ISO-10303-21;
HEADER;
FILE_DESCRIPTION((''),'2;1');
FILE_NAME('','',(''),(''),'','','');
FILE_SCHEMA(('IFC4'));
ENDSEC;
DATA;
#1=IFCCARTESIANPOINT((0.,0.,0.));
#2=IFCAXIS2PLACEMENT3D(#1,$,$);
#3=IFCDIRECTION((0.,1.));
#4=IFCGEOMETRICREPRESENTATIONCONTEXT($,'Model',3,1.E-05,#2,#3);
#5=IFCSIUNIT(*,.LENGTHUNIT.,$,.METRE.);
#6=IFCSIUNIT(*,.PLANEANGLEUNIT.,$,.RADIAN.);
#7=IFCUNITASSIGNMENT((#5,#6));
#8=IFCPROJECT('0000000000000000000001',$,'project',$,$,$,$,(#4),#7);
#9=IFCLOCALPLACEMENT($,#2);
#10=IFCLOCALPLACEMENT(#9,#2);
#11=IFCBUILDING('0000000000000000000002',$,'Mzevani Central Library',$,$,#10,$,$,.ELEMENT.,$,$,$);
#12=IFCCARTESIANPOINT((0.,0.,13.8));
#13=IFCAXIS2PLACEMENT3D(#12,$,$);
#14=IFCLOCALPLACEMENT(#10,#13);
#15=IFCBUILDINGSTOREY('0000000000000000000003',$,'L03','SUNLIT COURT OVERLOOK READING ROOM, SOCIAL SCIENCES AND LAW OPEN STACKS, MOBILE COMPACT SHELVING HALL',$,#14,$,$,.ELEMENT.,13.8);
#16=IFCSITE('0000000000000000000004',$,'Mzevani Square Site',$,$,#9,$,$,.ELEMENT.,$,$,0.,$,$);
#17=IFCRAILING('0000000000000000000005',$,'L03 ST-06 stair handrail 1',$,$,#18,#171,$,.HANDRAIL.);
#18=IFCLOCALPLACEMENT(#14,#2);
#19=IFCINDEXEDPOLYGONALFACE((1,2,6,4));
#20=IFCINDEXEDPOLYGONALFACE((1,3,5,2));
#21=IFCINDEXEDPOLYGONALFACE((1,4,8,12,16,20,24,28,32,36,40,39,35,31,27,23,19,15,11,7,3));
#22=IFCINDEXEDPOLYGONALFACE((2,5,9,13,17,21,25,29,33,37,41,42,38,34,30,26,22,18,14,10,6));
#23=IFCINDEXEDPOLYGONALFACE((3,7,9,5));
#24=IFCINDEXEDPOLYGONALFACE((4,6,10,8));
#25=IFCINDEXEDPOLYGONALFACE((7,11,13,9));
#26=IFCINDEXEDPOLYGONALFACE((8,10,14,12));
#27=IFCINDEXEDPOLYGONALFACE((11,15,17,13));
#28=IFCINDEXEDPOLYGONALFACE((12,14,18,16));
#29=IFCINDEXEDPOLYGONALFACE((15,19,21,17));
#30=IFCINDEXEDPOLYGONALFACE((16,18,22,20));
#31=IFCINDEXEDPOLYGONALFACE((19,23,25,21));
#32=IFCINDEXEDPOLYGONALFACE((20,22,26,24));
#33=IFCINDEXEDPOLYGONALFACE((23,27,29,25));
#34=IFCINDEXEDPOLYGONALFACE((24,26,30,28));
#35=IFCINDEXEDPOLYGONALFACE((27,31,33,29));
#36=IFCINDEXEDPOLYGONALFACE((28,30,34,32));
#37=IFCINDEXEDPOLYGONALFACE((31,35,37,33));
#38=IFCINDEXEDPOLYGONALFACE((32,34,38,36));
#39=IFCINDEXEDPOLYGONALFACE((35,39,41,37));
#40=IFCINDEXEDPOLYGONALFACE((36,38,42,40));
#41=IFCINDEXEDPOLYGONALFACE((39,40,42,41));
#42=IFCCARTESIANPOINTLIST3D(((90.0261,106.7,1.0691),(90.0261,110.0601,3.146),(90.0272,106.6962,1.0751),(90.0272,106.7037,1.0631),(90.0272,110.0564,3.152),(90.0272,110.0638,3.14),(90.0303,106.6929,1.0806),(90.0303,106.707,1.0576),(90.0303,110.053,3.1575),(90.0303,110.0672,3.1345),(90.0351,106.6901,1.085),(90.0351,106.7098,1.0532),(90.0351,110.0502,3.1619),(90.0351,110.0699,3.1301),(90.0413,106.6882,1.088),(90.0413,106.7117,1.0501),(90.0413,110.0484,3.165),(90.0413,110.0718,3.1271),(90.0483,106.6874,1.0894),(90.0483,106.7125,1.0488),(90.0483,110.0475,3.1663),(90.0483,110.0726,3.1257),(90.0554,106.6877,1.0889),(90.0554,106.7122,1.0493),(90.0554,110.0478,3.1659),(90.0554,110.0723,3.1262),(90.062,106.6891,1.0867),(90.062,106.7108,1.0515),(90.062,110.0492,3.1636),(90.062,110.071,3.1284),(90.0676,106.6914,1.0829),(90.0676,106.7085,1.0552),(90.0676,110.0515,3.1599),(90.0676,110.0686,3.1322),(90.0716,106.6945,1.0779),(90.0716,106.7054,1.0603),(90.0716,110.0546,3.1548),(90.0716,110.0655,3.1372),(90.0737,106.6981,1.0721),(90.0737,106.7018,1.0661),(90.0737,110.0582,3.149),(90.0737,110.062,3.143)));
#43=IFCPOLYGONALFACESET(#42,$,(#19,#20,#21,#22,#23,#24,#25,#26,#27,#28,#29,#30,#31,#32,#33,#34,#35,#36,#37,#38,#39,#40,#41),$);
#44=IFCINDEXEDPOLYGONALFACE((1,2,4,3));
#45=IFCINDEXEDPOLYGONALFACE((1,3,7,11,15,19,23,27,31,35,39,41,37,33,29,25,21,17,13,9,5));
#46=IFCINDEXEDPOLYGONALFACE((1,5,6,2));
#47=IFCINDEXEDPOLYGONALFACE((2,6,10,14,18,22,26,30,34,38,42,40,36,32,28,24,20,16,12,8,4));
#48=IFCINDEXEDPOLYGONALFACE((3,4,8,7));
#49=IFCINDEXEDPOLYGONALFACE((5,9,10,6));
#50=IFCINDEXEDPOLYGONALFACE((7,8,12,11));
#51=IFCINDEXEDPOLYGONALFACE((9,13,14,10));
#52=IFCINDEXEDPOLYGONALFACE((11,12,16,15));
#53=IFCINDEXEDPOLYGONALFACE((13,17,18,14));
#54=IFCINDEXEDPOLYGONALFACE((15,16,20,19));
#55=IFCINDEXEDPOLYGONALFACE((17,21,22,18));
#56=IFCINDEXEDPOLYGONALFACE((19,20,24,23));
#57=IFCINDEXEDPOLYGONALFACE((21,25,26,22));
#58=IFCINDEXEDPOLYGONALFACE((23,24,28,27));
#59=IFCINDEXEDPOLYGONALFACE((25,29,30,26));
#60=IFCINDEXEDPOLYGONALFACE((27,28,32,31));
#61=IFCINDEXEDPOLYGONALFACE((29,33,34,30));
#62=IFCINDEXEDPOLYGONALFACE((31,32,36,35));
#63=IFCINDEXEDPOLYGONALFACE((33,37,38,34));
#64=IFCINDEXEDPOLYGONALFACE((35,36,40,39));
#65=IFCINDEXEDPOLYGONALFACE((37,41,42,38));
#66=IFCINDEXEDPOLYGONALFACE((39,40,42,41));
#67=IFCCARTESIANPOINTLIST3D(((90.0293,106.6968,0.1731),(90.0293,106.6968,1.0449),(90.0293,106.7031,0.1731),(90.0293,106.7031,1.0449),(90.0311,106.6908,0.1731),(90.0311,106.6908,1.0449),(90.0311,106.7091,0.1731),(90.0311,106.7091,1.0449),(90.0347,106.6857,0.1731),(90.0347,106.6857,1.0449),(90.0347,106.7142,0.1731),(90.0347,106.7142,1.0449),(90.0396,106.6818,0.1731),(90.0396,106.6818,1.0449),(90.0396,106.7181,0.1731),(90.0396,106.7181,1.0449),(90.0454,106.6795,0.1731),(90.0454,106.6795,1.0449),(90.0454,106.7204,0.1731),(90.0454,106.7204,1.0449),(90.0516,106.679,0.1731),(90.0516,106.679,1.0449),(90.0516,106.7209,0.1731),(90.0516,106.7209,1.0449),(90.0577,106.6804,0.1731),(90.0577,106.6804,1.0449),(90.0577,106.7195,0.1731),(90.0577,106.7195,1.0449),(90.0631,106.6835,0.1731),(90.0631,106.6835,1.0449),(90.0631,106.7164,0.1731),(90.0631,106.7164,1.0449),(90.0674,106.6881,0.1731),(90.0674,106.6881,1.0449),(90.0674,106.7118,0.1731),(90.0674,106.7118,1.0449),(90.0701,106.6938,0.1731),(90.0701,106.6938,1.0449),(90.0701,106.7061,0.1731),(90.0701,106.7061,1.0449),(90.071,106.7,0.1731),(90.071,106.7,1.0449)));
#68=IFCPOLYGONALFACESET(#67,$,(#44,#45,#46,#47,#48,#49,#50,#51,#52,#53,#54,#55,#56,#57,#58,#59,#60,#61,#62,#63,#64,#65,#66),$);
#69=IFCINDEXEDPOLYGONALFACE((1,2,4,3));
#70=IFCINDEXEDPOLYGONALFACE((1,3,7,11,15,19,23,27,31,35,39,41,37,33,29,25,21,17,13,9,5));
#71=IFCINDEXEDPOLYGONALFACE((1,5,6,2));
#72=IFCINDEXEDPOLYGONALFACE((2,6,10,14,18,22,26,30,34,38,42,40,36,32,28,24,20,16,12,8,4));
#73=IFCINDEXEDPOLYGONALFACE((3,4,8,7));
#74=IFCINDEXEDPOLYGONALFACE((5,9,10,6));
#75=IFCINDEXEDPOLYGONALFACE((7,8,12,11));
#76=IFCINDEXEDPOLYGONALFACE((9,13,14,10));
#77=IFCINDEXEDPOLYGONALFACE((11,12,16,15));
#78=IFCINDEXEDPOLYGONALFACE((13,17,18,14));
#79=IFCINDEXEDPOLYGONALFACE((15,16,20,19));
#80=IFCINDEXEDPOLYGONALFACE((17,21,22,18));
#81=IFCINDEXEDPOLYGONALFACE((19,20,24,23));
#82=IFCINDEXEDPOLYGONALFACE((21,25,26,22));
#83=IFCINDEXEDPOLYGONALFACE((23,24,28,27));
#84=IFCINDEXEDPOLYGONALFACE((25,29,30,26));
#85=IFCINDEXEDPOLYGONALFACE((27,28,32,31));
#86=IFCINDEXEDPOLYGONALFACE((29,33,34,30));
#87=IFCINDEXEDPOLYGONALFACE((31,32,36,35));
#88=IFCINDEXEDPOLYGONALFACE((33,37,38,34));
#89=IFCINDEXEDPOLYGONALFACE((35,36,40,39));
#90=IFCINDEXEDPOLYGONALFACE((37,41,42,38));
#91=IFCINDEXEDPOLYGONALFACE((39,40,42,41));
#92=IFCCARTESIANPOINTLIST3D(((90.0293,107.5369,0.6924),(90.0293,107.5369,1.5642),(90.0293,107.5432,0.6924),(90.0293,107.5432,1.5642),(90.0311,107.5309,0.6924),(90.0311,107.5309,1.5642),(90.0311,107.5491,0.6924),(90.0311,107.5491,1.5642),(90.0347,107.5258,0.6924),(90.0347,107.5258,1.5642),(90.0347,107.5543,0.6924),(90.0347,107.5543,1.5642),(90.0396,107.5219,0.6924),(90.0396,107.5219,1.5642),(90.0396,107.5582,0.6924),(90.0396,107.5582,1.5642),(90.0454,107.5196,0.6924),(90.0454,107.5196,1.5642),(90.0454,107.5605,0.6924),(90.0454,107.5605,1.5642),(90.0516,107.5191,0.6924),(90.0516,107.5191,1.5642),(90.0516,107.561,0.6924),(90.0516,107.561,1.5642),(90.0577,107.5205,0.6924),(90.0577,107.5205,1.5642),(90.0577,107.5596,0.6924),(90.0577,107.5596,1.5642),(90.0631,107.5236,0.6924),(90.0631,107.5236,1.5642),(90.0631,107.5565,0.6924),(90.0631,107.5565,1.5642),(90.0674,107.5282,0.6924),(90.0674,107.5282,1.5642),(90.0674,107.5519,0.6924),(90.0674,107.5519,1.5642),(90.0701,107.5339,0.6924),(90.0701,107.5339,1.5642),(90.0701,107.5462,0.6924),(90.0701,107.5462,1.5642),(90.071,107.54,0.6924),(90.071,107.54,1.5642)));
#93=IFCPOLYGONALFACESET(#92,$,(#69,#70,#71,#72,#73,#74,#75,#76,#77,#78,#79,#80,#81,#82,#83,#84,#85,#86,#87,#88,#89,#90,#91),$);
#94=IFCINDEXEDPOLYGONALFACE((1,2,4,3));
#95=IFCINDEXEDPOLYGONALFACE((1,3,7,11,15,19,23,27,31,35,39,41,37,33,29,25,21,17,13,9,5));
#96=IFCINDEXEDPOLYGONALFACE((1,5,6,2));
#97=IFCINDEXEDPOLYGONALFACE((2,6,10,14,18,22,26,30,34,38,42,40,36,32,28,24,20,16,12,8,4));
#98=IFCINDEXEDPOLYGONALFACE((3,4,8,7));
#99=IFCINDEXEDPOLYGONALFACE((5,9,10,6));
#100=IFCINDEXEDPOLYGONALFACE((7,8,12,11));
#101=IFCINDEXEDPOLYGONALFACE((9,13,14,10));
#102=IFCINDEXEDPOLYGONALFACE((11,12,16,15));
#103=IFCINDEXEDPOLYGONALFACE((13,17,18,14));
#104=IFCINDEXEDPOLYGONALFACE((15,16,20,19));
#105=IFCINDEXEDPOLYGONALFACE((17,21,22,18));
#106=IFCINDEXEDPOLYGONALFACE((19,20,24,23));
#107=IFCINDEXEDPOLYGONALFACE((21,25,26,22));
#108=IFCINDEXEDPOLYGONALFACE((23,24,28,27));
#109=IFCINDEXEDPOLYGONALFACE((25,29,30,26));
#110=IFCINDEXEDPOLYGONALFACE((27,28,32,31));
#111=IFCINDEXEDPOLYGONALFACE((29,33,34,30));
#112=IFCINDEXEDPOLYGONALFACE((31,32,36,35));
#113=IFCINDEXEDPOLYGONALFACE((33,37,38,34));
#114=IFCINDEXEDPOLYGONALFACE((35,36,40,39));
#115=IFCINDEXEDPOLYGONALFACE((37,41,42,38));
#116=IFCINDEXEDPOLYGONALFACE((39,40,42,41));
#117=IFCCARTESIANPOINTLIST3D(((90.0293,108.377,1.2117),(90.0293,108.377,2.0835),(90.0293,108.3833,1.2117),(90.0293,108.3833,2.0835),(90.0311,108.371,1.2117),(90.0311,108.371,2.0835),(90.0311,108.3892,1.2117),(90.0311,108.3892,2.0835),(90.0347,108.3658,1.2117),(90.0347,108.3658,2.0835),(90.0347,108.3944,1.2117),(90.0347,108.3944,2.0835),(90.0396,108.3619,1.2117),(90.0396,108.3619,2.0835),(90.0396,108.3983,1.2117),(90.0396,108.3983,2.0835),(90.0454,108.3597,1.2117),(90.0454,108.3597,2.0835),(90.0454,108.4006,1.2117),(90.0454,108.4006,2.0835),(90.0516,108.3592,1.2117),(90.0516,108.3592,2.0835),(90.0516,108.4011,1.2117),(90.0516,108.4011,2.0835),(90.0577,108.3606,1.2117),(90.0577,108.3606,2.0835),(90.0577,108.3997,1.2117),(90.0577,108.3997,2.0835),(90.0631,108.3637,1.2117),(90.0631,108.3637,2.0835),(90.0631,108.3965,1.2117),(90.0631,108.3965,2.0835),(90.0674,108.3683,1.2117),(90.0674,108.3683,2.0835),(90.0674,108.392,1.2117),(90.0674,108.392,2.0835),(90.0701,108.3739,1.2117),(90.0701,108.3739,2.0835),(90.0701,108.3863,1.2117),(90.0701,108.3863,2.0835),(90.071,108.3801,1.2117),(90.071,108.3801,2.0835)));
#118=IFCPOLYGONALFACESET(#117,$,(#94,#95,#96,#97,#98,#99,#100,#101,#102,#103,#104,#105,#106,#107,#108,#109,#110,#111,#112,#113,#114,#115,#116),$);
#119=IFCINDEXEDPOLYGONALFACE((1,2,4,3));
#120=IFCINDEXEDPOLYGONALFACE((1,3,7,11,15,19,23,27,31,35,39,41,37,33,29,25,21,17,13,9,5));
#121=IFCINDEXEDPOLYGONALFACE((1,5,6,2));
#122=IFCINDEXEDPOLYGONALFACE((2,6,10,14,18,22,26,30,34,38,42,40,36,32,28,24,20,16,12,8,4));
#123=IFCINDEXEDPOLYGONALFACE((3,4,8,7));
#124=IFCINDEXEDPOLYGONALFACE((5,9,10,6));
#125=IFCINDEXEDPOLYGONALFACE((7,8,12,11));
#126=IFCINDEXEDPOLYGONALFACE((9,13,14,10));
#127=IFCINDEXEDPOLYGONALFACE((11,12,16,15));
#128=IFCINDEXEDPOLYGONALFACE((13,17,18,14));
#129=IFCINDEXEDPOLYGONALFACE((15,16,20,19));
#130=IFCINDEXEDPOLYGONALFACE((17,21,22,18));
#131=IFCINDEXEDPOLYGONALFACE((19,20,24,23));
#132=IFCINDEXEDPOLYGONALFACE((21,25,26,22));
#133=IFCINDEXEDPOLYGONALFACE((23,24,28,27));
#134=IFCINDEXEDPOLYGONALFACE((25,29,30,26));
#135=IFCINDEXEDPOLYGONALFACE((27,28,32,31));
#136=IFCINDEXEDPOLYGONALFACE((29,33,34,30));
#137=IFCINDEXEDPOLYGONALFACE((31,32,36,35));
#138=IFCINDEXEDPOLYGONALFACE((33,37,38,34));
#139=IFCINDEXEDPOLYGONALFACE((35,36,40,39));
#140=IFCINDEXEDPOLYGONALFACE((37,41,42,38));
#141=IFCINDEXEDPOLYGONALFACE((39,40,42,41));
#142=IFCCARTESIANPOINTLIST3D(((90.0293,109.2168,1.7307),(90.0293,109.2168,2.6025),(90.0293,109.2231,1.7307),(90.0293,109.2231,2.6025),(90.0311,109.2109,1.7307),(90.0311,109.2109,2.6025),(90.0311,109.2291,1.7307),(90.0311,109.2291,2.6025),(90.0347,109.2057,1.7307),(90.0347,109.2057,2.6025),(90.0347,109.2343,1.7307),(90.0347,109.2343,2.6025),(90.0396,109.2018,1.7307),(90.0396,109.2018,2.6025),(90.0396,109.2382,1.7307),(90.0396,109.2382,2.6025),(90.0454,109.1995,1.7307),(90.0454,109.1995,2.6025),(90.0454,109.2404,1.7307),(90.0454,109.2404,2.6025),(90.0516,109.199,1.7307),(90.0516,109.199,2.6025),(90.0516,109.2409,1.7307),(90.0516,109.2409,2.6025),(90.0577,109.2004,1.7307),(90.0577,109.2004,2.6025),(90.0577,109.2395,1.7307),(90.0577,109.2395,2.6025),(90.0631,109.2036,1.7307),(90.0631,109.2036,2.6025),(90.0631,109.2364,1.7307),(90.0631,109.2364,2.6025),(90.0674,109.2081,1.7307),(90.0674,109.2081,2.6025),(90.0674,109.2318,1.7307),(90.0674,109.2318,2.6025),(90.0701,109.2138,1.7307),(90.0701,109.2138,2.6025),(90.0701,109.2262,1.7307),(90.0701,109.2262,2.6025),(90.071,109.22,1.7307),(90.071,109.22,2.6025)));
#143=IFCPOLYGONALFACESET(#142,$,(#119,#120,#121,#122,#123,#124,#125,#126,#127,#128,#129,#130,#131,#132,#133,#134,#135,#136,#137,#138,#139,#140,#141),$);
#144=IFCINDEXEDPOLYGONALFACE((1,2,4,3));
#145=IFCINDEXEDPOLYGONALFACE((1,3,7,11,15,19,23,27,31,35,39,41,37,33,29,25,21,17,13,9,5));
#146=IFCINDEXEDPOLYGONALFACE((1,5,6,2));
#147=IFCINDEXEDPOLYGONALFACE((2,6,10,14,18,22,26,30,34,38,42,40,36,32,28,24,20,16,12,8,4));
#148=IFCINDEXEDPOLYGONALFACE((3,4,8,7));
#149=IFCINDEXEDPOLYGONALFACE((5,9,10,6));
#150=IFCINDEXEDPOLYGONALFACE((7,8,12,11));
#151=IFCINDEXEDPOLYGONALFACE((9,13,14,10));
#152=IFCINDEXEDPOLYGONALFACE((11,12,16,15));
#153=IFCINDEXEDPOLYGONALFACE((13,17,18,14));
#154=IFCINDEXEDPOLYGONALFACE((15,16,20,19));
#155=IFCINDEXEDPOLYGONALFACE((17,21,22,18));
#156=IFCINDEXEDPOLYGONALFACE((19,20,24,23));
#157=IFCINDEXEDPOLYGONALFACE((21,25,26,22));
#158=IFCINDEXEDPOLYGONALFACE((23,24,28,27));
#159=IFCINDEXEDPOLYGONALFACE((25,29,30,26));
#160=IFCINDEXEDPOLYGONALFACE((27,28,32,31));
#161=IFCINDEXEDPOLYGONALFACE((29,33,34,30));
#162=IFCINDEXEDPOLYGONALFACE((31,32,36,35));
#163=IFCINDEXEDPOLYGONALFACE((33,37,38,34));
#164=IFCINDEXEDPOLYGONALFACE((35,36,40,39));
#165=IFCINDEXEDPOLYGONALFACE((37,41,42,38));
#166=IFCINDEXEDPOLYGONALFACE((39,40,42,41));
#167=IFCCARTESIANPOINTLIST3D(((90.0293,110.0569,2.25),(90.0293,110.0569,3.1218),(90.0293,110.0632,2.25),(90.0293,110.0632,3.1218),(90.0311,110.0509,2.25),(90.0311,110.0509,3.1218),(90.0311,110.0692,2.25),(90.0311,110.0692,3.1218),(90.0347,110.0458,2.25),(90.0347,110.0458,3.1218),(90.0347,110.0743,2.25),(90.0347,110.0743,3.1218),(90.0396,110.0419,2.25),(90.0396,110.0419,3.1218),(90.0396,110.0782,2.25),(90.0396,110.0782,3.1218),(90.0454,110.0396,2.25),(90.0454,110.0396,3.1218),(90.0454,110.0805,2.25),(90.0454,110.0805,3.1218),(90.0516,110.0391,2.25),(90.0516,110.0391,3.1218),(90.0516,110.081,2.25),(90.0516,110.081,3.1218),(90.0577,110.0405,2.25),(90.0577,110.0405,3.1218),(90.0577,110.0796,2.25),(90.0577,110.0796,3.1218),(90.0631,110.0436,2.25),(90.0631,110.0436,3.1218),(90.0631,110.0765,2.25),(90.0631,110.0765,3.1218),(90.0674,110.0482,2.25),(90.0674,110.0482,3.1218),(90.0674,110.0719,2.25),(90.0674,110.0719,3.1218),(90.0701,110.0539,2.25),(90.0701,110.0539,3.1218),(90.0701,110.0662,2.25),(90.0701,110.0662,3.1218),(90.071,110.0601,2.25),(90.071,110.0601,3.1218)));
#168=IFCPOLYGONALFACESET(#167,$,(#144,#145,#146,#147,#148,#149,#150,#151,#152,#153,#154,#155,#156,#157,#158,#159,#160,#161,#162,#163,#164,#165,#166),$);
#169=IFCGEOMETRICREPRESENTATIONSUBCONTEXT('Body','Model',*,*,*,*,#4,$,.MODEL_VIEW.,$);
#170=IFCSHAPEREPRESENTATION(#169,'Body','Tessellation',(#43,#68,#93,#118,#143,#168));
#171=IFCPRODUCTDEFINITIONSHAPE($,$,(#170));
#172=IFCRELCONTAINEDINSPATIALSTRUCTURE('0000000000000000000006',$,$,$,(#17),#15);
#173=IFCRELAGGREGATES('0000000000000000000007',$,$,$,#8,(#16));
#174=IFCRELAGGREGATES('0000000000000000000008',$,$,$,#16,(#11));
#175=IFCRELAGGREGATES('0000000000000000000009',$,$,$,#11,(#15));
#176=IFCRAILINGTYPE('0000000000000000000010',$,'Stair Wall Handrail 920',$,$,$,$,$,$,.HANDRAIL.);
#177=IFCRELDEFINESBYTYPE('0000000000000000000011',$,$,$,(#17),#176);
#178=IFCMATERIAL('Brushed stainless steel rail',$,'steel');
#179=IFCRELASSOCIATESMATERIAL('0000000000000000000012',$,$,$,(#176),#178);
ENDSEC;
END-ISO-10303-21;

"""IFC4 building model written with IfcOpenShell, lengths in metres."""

from ifc_helpers import new_model, si_unit, direction, frame, origin, origin_2d, place, context, subcontext, project, spatial, circle, extrude, material, type_object, element, save


model = new_model("IFC4")

# Units and contexts
model_context = context("Model", 3, precision=1e-05, world=origin(), true_north=direction((0.0, 1.0)))
body_context = subcontext(model_context, "Body", "Model", "MODEL_VIEW")
ifc_project = project(units=[si_unit("LENGTHUNIT", "METRE"), si_unit("PLANEANGLEUNIT", "RADIAN")], contexts=[model_context])

# Site, building, storey
site_placement = place(None, origin())
site = spatial("IfcSite", under=ifc_project, at=site_placement, Name="Mzevani Square Site", CompositionType="ELEMENT", RefElevation=0.0)
building_placement = place(site_placement, origin())
building = spatial("IfcBuilding", under=site, at=building_placement, Name="Mzevani Central Library", CompositionType="ELEMENT")
storey_placement = place(building_placement, frame((0.0, 0.0, 13.8)))
storey = spatial("IfcBuildingStorey", under=building, at=storey_placement, Name="L03", Description="SUNLIT COURT OVERLOOK READING ROOM, SOCIAL SCIENCES AND LAW OPEN STACKS, MOBILE COMPACT SHELVING HALL", CompositionType="ELEMENT", Elevation=13.8)

# Shared definitions
ifc_material_1 = material(Name="Brushed stainless steel rail", Category="steel")

# Railing
railing_type_1 = type_object("IfcRailingType", Name="Stair Wall Handrail 920", PredefinedType="HANDRAIL", material=ifc_material_1)
railing_1_placement = place(storey_placement, frame((90.05, 106.7, 0.1731)))
element("IfcRailing", 1, at=railing_1_placement, inside=storey, type_object=railing_type_1, Name="L03 ST-06 stair handrail 1", PredefinedType="HANDRAIL", context=body_context, shape_type="SweptSolid", body=[
    extrude(circle(Radius=0.0239, at=origin_2d()), frame((0.0, 0.0, 0.896), z_axis=(0.0, 0.850623, 0.525776), x_axis=(-1.0, 0.0, 0.0)), (0.0, 0.0, 1.0), 3.9502),
    extrude(circle(Radius=0.021, at=origin_2d()), origin(), (0.0, 0.0, 1.0), 0.8718),
    extrude(circle(Radius=0.021, at=origin_2d()), frame((0.0, 0.8401, 0.5193)), (0.0, 0.0, 1.0), 0.8718),
    extrude(circle(Radius=0.021, at=origin_2d()), frame((0.0, 1.6802, 1.0386)), (0.0, 0.0, 1.0), 0.8718),
    extrude(circle(Radius=0.021, at=origin_2d()), frame((0.0, 2.52, 1.5576)), (0.0, 0.0, 1.0), 0.8718),
    extrude(circle(Radius=0.021, at=origin_2d()), frame((0.0, 3.3601, 2.0769)), (0.0, 0.0, 1.0), 0.8718),
])

save(model, "model.ifc")
